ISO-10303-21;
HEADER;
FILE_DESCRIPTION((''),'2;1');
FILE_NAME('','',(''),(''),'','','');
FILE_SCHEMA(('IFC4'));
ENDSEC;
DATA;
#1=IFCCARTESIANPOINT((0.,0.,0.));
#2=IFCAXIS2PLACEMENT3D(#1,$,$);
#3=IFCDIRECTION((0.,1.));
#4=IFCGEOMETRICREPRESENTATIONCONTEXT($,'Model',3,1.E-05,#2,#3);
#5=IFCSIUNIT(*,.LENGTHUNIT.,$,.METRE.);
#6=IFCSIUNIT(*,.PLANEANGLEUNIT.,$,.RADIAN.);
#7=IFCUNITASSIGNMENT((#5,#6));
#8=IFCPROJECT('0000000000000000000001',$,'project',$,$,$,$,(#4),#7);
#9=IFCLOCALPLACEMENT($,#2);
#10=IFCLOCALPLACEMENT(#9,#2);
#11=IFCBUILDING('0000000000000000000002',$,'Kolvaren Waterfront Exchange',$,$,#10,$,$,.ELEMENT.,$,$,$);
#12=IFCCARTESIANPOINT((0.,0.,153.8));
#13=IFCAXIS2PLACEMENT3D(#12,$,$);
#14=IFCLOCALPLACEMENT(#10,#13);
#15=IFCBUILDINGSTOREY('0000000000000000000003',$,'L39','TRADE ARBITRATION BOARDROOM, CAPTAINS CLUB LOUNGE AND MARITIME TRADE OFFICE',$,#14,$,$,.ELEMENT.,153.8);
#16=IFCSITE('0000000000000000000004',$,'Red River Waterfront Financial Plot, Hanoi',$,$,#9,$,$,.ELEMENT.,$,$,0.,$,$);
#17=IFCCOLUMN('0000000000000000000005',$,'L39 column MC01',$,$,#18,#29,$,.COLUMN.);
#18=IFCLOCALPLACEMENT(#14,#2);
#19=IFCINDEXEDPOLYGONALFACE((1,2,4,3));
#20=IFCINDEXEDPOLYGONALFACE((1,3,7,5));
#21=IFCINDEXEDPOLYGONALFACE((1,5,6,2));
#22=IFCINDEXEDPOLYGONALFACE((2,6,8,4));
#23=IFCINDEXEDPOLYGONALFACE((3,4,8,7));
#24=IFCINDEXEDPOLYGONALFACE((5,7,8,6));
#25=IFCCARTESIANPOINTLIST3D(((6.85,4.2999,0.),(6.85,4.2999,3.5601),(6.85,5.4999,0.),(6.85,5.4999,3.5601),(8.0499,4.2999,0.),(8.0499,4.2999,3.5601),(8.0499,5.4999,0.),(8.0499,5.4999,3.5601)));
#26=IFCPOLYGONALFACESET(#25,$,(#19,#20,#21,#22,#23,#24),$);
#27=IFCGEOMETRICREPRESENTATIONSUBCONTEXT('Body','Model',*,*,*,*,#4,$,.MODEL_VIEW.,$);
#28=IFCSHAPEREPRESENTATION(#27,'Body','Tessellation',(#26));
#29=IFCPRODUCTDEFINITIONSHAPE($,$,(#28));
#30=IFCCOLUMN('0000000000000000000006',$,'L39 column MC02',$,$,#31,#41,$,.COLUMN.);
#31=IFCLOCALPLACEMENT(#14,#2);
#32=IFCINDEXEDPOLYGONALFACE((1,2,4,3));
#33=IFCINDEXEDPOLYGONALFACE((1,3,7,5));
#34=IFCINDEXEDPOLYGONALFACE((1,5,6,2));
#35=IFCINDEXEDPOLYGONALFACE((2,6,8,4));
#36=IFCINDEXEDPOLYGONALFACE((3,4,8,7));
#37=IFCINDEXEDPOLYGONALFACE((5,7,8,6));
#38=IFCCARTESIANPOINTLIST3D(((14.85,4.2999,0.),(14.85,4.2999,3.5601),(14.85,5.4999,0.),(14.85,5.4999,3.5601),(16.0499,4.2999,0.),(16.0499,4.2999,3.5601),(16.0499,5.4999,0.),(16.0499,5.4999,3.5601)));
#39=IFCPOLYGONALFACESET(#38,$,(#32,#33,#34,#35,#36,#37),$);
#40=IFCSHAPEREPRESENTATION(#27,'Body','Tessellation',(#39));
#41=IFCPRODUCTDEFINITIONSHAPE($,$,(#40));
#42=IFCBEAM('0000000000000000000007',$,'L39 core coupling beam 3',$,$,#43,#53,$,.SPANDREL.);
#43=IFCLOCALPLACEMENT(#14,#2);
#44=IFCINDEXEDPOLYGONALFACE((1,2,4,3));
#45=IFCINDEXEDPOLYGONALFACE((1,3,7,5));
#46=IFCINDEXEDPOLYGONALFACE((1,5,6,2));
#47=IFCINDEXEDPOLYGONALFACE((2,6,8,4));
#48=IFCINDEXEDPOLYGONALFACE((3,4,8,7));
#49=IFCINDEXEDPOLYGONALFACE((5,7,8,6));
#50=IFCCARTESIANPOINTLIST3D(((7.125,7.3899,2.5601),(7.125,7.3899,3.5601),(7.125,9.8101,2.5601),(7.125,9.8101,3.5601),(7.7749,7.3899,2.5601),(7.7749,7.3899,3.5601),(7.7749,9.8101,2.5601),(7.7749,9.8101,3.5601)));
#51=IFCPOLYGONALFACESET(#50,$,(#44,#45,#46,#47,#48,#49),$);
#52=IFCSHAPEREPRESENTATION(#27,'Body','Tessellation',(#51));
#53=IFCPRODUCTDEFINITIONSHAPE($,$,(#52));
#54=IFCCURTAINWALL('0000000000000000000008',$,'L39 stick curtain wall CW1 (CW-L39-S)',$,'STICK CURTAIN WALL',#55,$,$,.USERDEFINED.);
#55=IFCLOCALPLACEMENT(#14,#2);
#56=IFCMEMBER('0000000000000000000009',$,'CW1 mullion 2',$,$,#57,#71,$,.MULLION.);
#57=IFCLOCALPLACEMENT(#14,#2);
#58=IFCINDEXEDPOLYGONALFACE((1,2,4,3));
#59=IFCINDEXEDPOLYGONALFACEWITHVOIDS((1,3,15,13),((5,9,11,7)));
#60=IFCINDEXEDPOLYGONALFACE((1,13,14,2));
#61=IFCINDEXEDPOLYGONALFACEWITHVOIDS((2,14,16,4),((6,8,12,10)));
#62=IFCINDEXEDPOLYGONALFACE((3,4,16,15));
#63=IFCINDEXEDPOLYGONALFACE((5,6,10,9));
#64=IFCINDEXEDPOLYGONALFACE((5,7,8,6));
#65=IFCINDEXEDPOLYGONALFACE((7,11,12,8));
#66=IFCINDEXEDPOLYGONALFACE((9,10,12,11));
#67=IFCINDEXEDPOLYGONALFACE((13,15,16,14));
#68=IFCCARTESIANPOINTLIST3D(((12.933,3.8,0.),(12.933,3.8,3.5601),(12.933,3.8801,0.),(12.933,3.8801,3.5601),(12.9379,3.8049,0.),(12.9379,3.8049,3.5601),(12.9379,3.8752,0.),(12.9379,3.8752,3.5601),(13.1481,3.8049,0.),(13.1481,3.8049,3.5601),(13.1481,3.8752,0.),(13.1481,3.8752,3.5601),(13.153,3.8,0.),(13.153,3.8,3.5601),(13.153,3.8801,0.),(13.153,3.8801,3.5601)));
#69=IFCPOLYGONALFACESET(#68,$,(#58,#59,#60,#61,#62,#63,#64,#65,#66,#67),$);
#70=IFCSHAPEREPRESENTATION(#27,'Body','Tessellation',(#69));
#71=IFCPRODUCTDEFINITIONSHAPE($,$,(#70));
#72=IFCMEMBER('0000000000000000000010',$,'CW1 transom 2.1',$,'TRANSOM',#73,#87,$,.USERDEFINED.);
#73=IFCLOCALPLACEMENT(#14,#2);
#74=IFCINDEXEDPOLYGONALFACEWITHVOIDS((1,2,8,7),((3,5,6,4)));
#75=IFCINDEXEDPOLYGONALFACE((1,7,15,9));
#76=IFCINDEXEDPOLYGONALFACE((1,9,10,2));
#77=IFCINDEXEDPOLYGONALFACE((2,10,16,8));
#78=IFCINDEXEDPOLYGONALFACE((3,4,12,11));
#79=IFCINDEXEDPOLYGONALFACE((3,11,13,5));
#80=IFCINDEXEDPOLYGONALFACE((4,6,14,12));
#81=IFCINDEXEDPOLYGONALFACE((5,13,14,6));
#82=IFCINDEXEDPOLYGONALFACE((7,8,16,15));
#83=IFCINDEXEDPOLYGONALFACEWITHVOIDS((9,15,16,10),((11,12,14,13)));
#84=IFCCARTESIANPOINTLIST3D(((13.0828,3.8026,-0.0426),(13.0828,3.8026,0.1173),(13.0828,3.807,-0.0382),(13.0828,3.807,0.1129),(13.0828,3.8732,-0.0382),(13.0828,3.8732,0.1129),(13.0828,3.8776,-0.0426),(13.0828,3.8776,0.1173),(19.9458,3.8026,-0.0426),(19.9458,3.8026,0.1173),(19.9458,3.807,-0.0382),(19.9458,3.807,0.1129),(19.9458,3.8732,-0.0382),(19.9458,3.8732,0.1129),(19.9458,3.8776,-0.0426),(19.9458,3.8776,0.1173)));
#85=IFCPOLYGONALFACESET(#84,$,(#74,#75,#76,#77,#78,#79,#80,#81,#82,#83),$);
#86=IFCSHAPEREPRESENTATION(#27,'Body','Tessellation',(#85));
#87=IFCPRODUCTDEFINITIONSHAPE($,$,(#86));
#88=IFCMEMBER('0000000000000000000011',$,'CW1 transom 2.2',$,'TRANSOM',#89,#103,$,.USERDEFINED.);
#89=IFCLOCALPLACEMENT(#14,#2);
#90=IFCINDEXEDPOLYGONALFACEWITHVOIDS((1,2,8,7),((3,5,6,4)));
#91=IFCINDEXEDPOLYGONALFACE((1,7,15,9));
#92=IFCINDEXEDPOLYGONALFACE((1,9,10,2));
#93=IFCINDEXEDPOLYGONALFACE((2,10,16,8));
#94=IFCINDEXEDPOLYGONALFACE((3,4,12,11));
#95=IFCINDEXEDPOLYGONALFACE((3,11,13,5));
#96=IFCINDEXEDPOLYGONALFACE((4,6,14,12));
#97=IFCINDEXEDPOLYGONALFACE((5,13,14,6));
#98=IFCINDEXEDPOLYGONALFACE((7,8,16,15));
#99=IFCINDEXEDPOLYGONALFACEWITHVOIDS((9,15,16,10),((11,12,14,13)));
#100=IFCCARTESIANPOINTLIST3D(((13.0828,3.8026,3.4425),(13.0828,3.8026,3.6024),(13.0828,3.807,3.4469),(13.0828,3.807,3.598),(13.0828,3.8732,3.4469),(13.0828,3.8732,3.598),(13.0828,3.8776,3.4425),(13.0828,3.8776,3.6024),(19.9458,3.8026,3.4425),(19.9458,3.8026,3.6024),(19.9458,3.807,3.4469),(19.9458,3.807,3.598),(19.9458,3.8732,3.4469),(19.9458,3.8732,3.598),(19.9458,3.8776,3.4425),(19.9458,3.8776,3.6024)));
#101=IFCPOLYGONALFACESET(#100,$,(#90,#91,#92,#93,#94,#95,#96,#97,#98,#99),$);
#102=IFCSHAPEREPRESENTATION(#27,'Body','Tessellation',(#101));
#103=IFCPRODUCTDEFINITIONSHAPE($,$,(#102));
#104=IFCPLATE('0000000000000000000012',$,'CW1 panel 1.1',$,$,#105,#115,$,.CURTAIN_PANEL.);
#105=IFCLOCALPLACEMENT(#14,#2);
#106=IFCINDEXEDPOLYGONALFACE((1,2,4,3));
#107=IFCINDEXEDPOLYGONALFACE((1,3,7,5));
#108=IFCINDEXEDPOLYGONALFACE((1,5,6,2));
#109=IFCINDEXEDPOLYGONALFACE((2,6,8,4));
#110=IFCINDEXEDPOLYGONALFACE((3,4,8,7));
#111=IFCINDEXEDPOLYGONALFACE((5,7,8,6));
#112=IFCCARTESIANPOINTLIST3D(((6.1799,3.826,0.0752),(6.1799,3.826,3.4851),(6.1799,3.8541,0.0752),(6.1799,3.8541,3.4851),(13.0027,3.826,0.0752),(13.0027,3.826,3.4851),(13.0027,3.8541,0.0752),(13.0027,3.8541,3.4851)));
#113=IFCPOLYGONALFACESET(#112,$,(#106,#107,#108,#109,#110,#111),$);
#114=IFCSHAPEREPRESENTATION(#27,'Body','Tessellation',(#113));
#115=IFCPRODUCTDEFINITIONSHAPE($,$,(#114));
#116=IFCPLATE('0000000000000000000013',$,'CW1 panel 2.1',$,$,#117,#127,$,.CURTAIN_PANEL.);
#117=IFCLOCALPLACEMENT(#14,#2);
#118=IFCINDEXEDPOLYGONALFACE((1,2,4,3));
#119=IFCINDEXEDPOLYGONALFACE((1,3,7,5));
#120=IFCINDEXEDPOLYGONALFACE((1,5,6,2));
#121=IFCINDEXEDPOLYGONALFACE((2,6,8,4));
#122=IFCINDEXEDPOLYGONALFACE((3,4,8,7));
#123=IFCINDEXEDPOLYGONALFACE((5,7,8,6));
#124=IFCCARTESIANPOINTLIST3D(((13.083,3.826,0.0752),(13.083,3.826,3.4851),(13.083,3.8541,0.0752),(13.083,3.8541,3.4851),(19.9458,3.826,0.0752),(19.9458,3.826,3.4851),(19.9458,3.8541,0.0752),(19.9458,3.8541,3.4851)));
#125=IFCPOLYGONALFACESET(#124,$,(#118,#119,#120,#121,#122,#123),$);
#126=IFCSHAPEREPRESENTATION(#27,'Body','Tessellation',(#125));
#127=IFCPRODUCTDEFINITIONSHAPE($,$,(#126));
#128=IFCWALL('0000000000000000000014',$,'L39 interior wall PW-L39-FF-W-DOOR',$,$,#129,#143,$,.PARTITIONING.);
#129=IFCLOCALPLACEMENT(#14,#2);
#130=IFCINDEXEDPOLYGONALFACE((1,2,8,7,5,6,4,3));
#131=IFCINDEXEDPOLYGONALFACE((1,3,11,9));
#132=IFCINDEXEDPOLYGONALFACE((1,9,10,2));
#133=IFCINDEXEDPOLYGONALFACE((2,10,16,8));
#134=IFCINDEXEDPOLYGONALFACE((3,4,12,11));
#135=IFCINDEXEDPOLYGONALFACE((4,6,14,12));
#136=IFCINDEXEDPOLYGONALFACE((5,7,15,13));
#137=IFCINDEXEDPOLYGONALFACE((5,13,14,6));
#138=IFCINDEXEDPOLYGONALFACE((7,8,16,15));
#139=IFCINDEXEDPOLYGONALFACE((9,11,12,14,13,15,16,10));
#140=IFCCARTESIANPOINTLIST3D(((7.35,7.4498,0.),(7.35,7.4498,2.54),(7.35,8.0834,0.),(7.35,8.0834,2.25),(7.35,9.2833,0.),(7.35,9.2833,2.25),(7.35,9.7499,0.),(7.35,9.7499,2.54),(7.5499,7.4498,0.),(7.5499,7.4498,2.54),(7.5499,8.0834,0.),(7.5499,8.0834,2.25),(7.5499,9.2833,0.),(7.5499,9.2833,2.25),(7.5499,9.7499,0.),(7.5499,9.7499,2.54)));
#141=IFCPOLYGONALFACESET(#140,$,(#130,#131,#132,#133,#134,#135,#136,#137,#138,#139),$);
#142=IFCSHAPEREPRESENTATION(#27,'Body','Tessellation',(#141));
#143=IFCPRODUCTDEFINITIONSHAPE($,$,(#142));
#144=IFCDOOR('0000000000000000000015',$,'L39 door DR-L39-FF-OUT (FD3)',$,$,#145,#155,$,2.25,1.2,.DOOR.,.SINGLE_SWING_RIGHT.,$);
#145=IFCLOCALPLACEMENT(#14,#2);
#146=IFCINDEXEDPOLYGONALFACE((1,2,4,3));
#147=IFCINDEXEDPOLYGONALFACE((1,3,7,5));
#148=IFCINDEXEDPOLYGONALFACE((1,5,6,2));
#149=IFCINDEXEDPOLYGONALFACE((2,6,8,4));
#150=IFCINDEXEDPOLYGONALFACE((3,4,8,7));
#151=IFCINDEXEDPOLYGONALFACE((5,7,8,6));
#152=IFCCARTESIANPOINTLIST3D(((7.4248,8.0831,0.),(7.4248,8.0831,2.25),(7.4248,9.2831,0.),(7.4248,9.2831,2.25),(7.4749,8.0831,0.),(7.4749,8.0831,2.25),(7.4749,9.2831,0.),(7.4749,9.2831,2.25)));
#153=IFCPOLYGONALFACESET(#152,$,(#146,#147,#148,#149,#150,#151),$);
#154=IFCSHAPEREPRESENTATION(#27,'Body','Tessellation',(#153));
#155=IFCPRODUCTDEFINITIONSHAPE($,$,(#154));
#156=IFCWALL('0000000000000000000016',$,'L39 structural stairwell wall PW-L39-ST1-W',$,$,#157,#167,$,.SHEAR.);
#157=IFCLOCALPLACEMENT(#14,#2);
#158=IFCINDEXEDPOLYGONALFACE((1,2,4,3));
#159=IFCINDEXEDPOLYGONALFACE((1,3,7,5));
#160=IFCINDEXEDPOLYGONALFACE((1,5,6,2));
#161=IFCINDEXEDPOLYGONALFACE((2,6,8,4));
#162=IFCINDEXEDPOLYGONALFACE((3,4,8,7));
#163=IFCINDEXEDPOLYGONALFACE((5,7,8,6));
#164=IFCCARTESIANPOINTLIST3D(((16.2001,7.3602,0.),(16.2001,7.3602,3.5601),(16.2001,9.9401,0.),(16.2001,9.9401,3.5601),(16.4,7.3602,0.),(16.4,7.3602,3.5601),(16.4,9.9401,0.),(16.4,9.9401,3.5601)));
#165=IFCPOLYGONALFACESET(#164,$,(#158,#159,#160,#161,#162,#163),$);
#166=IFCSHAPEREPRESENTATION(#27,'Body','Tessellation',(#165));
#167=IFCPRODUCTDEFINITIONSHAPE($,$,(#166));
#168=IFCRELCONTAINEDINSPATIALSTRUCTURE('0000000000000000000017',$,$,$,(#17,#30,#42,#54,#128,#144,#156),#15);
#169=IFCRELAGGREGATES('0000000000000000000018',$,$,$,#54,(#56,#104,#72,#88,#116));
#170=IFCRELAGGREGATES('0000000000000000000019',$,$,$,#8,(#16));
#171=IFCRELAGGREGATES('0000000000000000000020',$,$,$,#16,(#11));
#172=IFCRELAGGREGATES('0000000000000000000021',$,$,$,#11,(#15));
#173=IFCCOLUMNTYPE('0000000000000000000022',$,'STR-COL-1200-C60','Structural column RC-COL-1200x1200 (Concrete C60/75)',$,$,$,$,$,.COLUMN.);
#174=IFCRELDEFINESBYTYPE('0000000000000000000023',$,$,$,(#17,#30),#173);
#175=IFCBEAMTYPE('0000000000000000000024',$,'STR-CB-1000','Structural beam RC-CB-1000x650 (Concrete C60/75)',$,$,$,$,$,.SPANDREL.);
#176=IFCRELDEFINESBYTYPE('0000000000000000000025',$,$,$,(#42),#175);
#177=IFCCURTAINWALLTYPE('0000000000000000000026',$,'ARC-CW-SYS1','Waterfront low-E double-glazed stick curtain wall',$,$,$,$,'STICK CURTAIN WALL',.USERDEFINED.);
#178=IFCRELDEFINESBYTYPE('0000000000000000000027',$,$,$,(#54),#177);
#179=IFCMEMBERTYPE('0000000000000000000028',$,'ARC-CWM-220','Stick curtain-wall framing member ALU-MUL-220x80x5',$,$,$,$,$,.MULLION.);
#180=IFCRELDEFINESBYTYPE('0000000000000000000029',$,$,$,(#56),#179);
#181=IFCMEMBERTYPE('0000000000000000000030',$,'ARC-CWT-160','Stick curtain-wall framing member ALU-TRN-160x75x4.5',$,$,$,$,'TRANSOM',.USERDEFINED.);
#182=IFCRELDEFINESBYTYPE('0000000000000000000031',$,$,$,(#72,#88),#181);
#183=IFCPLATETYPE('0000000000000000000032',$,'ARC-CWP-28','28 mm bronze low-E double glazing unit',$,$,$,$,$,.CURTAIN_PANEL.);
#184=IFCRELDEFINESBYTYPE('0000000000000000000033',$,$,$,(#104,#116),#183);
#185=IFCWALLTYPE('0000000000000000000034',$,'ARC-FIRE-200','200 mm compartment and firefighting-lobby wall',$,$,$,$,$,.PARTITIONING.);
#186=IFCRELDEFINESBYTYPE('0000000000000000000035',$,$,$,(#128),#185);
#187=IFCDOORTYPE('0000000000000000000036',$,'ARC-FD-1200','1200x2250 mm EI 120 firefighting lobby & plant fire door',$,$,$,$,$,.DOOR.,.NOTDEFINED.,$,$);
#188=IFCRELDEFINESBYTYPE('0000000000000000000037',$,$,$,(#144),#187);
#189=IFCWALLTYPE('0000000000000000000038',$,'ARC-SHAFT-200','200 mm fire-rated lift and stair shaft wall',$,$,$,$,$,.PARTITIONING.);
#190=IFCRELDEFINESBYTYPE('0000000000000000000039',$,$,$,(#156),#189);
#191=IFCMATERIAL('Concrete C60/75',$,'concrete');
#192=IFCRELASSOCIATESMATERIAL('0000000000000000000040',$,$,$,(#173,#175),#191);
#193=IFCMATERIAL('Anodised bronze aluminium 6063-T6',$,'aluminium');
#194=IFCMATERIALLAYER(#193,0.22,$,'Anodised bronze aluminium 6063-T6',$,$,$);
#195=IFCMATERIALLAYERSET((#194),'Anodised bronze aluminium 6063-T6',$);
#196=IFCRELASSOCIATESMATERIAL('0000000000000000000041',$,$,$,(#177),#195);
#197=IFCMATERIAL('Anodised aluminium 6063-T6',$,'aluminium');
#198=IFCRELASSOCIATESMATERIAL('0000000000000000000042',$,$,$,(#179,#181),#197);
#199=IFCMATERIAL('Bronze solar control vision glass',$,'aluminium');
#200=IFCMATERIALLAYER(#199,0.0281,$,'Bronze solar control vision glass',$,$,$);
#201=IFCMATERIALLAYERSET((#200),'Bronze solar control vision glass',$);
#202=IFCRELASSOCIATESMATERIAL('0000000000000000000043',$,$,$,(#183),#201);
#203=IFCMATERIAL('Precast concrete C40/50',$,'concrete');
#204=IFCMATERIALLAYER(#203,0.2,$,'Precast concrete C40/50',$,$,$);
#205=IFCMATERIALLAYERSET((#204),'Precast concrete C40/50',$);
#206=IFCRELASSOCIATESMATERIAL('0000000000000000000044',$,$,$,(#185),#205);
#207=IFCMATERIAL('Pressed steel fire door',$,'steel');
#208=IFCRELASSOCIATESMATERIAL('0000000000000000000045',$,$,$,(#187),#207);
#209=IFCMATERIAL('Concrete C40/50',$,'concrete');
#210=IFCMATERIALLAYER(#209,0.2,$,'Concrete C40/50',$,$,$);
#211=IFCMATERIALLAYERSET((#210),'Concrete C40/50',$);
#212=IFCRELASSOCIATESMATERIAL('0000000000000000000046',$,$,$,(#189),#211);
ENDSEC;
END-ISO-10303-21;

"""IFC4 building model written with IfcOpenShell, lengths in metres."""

from ifc_helpers import new_model, si_unit, direction, frame, frame_2d, origin, origin_with_axes, origin_2d, place, context, subcontext, project, spatial, rectangle, hollow_rectangle, extrude, source, transform, mapped, material, layer, layer_set, material_profile, profile_set, type_object, element, fill, aggregate, save


model = new_model("IFC4")

# Units and contexts
model_context = context("Model", 3, precision=1e-05, world=origin(), true_north=direction((0.0, 1.0)))
body_context = subcontext(model_context, "Body", "Model", "MODEL_VIEW")
ifc_project = project(units=[si_unit("LENGTHUNIT", "METRE"), si_unit("PLANEANGLEUNIT", "RADIAN")], contexts=[model_context])

# Site, building, storey
site_placement = place(None, origin())
site = spatial("IfcSite", under=ifc_project, at=site_placement, Name="Red River Waterfront Financial Plot, Hanoi", CompositionType="ELEMENT", RefElevation=0.0)
building_placement = place(site_placement, origin())
building = spatial("IfcBuilding", under=site, at=building_placement, Name="Kolvaren Waterfront Exchange", CompositionType="ELEMENT")
storey_placement = place(building_placement, frame((0.0, 0.0, 153.8)))
storey = spatial("IfcBuildingStorey", under=building, at=storey_placement, Name="L39", Description="TRADE ARBITRATION BOARDROOM, CAPTAINS CLUB LOUNGE AND MARITIME TRADE OFFICE", CompositionType="ELEMENT", Elevation=153.8)

# Columns
ifc_material_1 = material(Name="Concrete C60/75", Category="concrete")
ifc_material_profile_1 = material_profile(ifc_material_1, rectangle(XDim=1.2, YDim=1.2, at=origin_2d()), Name="RC-COL-1200x1200")
ifc_profile_set_1 = profile_set([ifc_material_profile_1], Name="Concrete C60/75")
column_type = type_object("IfcColumnType", Name="STR-COL-1200-C60", Description="Structural column RC-COL-1200x1200 (Concrete C60/75)", PredefinedType="COLUMN", material=ifc_profile_set_1)
for number, where, z_axis, x_axis, name in (
    (1, (7.45, 4.8999, 0.0), (0.0, 0.0, 1.0), (1.0, 0.0, 0.0), "L39 column MC01"),
    (2, (15.45, 4.8999, 0.0), (0.0, 0.0, 1.0), (1.0, 0.0, 0.0), "L39 column MC02"),
):
    element("IfcColumn", number, at=place(storey_placement, frame(where, z_axis=z_axis, x_axis=x_axis)), inside=storey, type_object=column_type, Name=name, PredefinedType="COLUMN", context=body_context, shape_type="SweptSolid", body=[
        extrude(rectangle(XDim=1.2, YDim=1.2, at=origin_2d()), origin(), (0.0, 0.0, 1.0), 3.5601),
    ])

# Beam
ifc_material_profile_2 = material_profile(ifc_material_1, rectangle(XDim=0.6499, YDim=1.0, at=origin_2d()), Name="RC-CB-1000x650")
ifc_profile_set_2 = profile_set([ifc_material_profile_2], Name="Concrete C60/75")
beam_type = type_object("IfcBeamType", Name="STR-CB-1000", Description="Structural beam RC-CB-1000x650 (Concrete C60/75)", PredefinedType="SPANDREL", material=ifc_profile_set_2)
beam_placement = place(storey_placement, frame((7.45, 7.3899, 3.0601), z_axis=(0.0, 1.0, 0.0), x_axis=(-1.0, 0.0, 0.0)))
element("IfcBeam", 3, at=beam_placement, inside=storey, type_object=beam_type, Name="L39 core coupling beam 3", PredefinedType="SPANDREL", context=body_context, shape_type="SweptSolid", body=[
    extrude(rectangle(XDim=0.6499, YDim=1.0, at=origin_2d()), origin(), (0.0, 0.0, 1.0), 2.4202),
])

# Curtain wall, members, plates
ifc_material_2 = material(Name="Anodised bronze aluminium 6063-T6", Category="aluminium")
ifc_layer_1 = layer(ifc_material_2, 0.22, Name="Anodised bronze aluminium 6063-T6")
ifc_layer_set_1 = layer_set([ifc_layer_1], Name="Anodised bronze aluminium 6063-T6")
curtain_wall_type = type_object("IfcCurtainWallType", Name="ARC-CW-SYS1", Description="Waterfront low-E double-glazed stick curtain wall", ElementType="STICK CURTAIN WALL", PredefinedType="USERDEFINED", material=ifc_layer_set_1)
curtain_wall_placement = place(storey_placement, origin())
curtain_wall = element("IfcCurtainWall", 4, at=curtain_wall_placement, inside=storey, type_object=curtain_wall_type, Name="L39 stick curtain wall CW1 (CW-L39-S)", ObjectType="STICK CURTAIN WALL", PredefinedType="USERDEFINED")
ifc_material_3 = material(Name="Anodised aluminium 6063-T6", Category="aluminium")
ifc_material_profile_3 = material_profile(ifc_material_3, hollow_rectangle(XDim=0.0801, YDim=0.22, WallThickness=0.0049, at=origin_2d()), Name="ALU-MUL-220x80x5")
ifc_profile_set_3 = profile_set([ifc_material_profile_3], Name="Anodised aluminium 6063-T6")
member_type_1 = type_object("IfcMemberType", Name="ARC-CWM-220", Description="Stick curtain-wall framing member ALU-MUL-220x80x5", PredefinedType="MULLION", material=ifc_profile_set_3)
shared_shape_1 = source(origin_with_axes(), body_context, "Body", "SweptSolid", [
    extrude(hollow_rectangle(XDim=0.0801, YDim=0.22, WallThickness=0.0049, at=origin_2d()), origin(), (0.0, 0.0, 1.0), 3.5601),
])
member_1_placement = place(storey_placement, frame((13.043, 3.8401, 0.0), z_axis=(0.0, 0.0, 1.0), x_axis=(0.0, 1.0, 0.0)))
member_1 = element("IfcMember", 5, at=member_1_placement, type_object=member_type_1, Name="CW1 mullion 2", PredefinedType="MULLION", context=body_context, shape_type="MappedRepresentation", body=[
    mapped(shared_shape_1, transform((0.0, 0.0, 0.0), x_axis=(1.0, 0.0, 0.0), y_axis=(0.0, 1.0, 0.0), z_axis=(0.0, 0.0, 1.0), scale=1.0)),
])
ifc_material_profile_4 = material_profile(ifc_material_3, hollow_rectangle(XDim=0.075, YDim=0.1599, WallThickness=0.0044, at=origin_2d()), Name="ALU-TRN-160x75x4.5")
ifc_profile_set_4 = profile_set([ifc_material_profile_4], Name="Anodised aluminium 6063-T6")
member_type_2 = type_object("IfcMemberType", Name="ARC-CWT-160", Description="Stick curtain-wall framing member ALU-TRN-160x75x4.5", ElementType="TRANSOM", PredefinedType="USERDEFINED", material=ifc_profile_set_4)
shared_shape_2 = source(origin_with_axes(), body_context, "Body", "SweptSolid", [
    extrude(hollow_rectangle(XDim=0.075, YDim=0.1599, WallThickness=0.0044, at=origin_2d()), origin(), (0.0, 0.0, 1.0), 6.863),
])
member_2_placement = place(storey_placement, frame((13.0828, 3.8401, 0.0374), z_axis=(1.0, 0.0, 0.0), x_axis=(0.0, 1.0, 0.0)))
member_2 = element("IfcMember", 6, at=member_2_placement, type_object=member_type_2, Name="CW1 transom 2.1", ObjectType="TRANSOM", PredefinedType="USERDEFINED", context=body_context, shape_type="MappedRepresentation", body=[
    mapped(shared_shape_2, transform((0.0, 0.0, 0.0), x_axis=(1.0, 0.0, 0.0), y_axis=(0.0, 1.0, 0.0), z_axis=(0.0, 0.0, 1.0), scale=1.0)),
])
member_3_placement = place(storey_placement, frame((13.0828, 3.8401, 3.5225), z_axis=(1.0, 0.0, 0.0), x_axis=(0.0, 1.0, 0.0)))
member_3 = element("IfcMember", 7, at=member_3_placement, type_object=member_type_2, Name="CW1 transom 2.2", ObjectType="TRANSOM", PredefinedType="USERDEFINED", context=body_context, shape_type="MappedRepresentation", body=[
    mapped(shared_shape_2, transform((0.0, 0.0, 0.0), x_axis=(1.0, 0.0, 0.0), y_axis=(0.0, 1.0, 0.0), z_axis=(0.0, 0.0, 1.0), scale=1.0)),
])
ifc_material_4 = material(Name="Bronze solar control vision glass", Category="aluminium")
ifc_layer_2 = layer(ifc_material_4, 0.0281, Name="Bronze solar control vision glass")
ifc_layer_set_2 = layer_set([ifc_layer_2], Name="Bronze solar control vision glass")
plate_type = type_object("IfcPlateType", Name="ARC-CWP-28", Description="28 mm bronze low-E double glazing unit", PredefinedType="CURTAIN_PANEL", material=ifc_layer_set_2)
shared_shape_3 = source(origin_with_axes(), body_context, "Body", "SweptSolid", [
    extrude(rectangle(XDim=6.8228, YDim=0.0281, at=origin_2d()), origin(), (0.0, 0.0, 1.0), 3.4099),
])
plate_1_placement = place(storey_placement, frame((9.5913, 3.8401, 0.0752), z_axis=(0.0, 0.0, 1.0), x_axis=(1.0, 0.0, 0.0)))
plate_1 = element("IfcPlate", 8, at=plate_1_placement, type_object=plate_type, Name="CW1 panel 1.1", PredefinedType="CURTAIN_PANEL", context=body_context, shape_type="MappedRepresentation", body=[
    mapped(shared_shape_3, transform((0.0, 0.0, 0.0), x_axis=(1.0, 0.0, 0.0), y_axis=(0.0, 1.0, 0.0), z_axis=(0.0, 0.0, 1.0), scale=1.0)),
])
shared_shape_4 = source(origin_with_axes(), body_context, "Body", "SweptSolid", [
    extrude(rectangle(XDim=6.8628, YDim=0.0281, at=origin_2d()), origin(), (0.0, 0.0, 1.0), 3.4099),
])
plate_2_placement = place(storey_placement, frame((16.5144, 3.8401, 0.0752), z_axis=(0.0, 0.0, 1.0), x_axis=(1.0, 0.0, 0.0)))
plate_2 = element("IfcPlate", 9, at=plate_2_placement, type_object=plate_type, Name="CW1 panel 2.1", PredefinedType="CURTAIN_PANEL", context=body_context, shape_type="MappedRepresentation", body=[
    mapped(shared_shape_4, transform((0.0, 0.0, 0.0), x_axis=(1.0, 0.0, 0.0), y_axis=(0.0, 1.0, 0.0), z_axis=(0.0, 0.0, 1.0), scale=1.0)),
])
aggregate(curtain_wall, [member_1, plate_1, member_2, member_3, plate_2])

# Wall, opening, door
ifc_material_5 = material(Name="Precast concrete C40/50", Category="concrete")
ifc_layer_3 = layer(ifc_material_5, 0.2, Name="Precast concrete C40/50")
ifc_layer_set_3 = layer_set([ifc_layer_3], Name="Precast concrete C40/50")
wall_type_1 = type_object("IfcWallType", Name="ARC-FIRE-200", Description="200 mm compartment and firefighting-lobby wall", PredefinedType="PARTITIONING", material=ifc_layer_set_3)
wall_1_placement = place(storey_placement, frame((7.45, 7.45, 0.0), z_axis=(0.0, 0.0, 1.0), x_axis=(0.0, 1.0, 0.0)))
wall_1 = element("IfcWall", 10, at=wall_1_placement, inside=storey, type_object=wall_type_1, Name="L39 interior wall PW-L39-FF-W-DOOR", PredefinedType="PARTITIONING", context=body_context, shape_type="SweptSolid", body=[
    extrude(rectangle(XDim=2.3, YDim=0.2, at=frame_2d((1.1499, 0.0))), origin(), (0.0, 0.0, 1.0), 2.54),
])
opening_1_placement = place(wall_1_placement, frame((0.6333, 0.0, 0.0)))
opening_1 = element("IfcOpeningElement", 11, at=opening_1_placement, cuts=wall_1, PredefinedType="OPENING", context=body_context, shape_type="SweptSolid", body=[
    extrude(rectangle(XDim=1.2, YDim=2.25, at=frame_2d((0.6001, 1.125))), frame((0.0, 0.1099, 0.0), z_axis=(0.0, -1.0, 0.0), x_axis=(1.0, 0.0, 0.0)), (0.0, 0.0, 1.0), 0.22),
])
ifc_material_6 = material(Name="Pressed steel fire door", Category="steel")
door_type_1 = type_object("IfcDoorType", Name="ARC-FD-1200", Description="1200x2250 mm EI 120 firefighting lobby & plant fire door", OperationType="NOTDEFINED", PredefinedType="DOOR", material=ifc_material_6)
door_1_placement = place(opening_1_placement, frame((1.2, 0.0, 0.0), z_axis=(0.0, 0.0, 1.0), x_axis=(-1.0, 0.0, 0.0)))
door_1 = element("IfcDoor", 12, at=door_1_placement, inside=storey, type_object=door_type_1, Name="L39 door DR-L39-FF-OUT (FD3)", OperationType="SINGLE_SWING_RIGHT", OverallHeight=2.25, OverallWidth=1.2, PredefinedType="DOOR", context=body_context, shape_type="SweptSolid", body=[
    extrude(rectangle(XDim=1.2, YDim=2.25, at=frame_2d((0.6001, 1.125))), frame((0.0, 0.0249, 0.0), z_axis=(0.0, -1.0, 0.0), x_axis=(1.0, 0.0, 0.0)), (0.0, 0.0, 1.0), 0.05),
])
fill(opening_1, door_1)

# Wall
ifc_material_7 = material(Name="Concrete C40/50", Category="concrete")
ifc_layer_4 = layer(ifc_material_7, 0.2, Name="Concrete C40/50")
ifc_layer_set_4 = layer_set([ifc_layer_4], Name="Concrete C40/50")
wall_type_2 = type_object("IfcWallType", Name="ARC-SHAFT-200", Description="200 mm fire-rated lift and stair shaft wall", PredefinedType="PARTITIONING", material=ifc_layer_set_4)
wall_2_placement = place(storey_placement, frame((16.3, 7.3601, 0.0), z_axis=(0.0, 0.0, 1.0), x_axis=(0.0, 1.0, 0.0)))
element("IfcWall", 13, at=wall_2_placement, inside=storey, type_object=wall_type_2, Name="L39 structural stairwell wall PW-L39-ST1-W", PredefinedType="SHEAR", context=body_context, shape_type="SweptSolid", body=[
    extrude(rectangle(XDim=2.5798, YDim=0.2, at=frame_2d((1.29, 0.0))), origin(), (0.0, 0.0, 1.0), 3.5601),
])

save(model, "model.ifc")
